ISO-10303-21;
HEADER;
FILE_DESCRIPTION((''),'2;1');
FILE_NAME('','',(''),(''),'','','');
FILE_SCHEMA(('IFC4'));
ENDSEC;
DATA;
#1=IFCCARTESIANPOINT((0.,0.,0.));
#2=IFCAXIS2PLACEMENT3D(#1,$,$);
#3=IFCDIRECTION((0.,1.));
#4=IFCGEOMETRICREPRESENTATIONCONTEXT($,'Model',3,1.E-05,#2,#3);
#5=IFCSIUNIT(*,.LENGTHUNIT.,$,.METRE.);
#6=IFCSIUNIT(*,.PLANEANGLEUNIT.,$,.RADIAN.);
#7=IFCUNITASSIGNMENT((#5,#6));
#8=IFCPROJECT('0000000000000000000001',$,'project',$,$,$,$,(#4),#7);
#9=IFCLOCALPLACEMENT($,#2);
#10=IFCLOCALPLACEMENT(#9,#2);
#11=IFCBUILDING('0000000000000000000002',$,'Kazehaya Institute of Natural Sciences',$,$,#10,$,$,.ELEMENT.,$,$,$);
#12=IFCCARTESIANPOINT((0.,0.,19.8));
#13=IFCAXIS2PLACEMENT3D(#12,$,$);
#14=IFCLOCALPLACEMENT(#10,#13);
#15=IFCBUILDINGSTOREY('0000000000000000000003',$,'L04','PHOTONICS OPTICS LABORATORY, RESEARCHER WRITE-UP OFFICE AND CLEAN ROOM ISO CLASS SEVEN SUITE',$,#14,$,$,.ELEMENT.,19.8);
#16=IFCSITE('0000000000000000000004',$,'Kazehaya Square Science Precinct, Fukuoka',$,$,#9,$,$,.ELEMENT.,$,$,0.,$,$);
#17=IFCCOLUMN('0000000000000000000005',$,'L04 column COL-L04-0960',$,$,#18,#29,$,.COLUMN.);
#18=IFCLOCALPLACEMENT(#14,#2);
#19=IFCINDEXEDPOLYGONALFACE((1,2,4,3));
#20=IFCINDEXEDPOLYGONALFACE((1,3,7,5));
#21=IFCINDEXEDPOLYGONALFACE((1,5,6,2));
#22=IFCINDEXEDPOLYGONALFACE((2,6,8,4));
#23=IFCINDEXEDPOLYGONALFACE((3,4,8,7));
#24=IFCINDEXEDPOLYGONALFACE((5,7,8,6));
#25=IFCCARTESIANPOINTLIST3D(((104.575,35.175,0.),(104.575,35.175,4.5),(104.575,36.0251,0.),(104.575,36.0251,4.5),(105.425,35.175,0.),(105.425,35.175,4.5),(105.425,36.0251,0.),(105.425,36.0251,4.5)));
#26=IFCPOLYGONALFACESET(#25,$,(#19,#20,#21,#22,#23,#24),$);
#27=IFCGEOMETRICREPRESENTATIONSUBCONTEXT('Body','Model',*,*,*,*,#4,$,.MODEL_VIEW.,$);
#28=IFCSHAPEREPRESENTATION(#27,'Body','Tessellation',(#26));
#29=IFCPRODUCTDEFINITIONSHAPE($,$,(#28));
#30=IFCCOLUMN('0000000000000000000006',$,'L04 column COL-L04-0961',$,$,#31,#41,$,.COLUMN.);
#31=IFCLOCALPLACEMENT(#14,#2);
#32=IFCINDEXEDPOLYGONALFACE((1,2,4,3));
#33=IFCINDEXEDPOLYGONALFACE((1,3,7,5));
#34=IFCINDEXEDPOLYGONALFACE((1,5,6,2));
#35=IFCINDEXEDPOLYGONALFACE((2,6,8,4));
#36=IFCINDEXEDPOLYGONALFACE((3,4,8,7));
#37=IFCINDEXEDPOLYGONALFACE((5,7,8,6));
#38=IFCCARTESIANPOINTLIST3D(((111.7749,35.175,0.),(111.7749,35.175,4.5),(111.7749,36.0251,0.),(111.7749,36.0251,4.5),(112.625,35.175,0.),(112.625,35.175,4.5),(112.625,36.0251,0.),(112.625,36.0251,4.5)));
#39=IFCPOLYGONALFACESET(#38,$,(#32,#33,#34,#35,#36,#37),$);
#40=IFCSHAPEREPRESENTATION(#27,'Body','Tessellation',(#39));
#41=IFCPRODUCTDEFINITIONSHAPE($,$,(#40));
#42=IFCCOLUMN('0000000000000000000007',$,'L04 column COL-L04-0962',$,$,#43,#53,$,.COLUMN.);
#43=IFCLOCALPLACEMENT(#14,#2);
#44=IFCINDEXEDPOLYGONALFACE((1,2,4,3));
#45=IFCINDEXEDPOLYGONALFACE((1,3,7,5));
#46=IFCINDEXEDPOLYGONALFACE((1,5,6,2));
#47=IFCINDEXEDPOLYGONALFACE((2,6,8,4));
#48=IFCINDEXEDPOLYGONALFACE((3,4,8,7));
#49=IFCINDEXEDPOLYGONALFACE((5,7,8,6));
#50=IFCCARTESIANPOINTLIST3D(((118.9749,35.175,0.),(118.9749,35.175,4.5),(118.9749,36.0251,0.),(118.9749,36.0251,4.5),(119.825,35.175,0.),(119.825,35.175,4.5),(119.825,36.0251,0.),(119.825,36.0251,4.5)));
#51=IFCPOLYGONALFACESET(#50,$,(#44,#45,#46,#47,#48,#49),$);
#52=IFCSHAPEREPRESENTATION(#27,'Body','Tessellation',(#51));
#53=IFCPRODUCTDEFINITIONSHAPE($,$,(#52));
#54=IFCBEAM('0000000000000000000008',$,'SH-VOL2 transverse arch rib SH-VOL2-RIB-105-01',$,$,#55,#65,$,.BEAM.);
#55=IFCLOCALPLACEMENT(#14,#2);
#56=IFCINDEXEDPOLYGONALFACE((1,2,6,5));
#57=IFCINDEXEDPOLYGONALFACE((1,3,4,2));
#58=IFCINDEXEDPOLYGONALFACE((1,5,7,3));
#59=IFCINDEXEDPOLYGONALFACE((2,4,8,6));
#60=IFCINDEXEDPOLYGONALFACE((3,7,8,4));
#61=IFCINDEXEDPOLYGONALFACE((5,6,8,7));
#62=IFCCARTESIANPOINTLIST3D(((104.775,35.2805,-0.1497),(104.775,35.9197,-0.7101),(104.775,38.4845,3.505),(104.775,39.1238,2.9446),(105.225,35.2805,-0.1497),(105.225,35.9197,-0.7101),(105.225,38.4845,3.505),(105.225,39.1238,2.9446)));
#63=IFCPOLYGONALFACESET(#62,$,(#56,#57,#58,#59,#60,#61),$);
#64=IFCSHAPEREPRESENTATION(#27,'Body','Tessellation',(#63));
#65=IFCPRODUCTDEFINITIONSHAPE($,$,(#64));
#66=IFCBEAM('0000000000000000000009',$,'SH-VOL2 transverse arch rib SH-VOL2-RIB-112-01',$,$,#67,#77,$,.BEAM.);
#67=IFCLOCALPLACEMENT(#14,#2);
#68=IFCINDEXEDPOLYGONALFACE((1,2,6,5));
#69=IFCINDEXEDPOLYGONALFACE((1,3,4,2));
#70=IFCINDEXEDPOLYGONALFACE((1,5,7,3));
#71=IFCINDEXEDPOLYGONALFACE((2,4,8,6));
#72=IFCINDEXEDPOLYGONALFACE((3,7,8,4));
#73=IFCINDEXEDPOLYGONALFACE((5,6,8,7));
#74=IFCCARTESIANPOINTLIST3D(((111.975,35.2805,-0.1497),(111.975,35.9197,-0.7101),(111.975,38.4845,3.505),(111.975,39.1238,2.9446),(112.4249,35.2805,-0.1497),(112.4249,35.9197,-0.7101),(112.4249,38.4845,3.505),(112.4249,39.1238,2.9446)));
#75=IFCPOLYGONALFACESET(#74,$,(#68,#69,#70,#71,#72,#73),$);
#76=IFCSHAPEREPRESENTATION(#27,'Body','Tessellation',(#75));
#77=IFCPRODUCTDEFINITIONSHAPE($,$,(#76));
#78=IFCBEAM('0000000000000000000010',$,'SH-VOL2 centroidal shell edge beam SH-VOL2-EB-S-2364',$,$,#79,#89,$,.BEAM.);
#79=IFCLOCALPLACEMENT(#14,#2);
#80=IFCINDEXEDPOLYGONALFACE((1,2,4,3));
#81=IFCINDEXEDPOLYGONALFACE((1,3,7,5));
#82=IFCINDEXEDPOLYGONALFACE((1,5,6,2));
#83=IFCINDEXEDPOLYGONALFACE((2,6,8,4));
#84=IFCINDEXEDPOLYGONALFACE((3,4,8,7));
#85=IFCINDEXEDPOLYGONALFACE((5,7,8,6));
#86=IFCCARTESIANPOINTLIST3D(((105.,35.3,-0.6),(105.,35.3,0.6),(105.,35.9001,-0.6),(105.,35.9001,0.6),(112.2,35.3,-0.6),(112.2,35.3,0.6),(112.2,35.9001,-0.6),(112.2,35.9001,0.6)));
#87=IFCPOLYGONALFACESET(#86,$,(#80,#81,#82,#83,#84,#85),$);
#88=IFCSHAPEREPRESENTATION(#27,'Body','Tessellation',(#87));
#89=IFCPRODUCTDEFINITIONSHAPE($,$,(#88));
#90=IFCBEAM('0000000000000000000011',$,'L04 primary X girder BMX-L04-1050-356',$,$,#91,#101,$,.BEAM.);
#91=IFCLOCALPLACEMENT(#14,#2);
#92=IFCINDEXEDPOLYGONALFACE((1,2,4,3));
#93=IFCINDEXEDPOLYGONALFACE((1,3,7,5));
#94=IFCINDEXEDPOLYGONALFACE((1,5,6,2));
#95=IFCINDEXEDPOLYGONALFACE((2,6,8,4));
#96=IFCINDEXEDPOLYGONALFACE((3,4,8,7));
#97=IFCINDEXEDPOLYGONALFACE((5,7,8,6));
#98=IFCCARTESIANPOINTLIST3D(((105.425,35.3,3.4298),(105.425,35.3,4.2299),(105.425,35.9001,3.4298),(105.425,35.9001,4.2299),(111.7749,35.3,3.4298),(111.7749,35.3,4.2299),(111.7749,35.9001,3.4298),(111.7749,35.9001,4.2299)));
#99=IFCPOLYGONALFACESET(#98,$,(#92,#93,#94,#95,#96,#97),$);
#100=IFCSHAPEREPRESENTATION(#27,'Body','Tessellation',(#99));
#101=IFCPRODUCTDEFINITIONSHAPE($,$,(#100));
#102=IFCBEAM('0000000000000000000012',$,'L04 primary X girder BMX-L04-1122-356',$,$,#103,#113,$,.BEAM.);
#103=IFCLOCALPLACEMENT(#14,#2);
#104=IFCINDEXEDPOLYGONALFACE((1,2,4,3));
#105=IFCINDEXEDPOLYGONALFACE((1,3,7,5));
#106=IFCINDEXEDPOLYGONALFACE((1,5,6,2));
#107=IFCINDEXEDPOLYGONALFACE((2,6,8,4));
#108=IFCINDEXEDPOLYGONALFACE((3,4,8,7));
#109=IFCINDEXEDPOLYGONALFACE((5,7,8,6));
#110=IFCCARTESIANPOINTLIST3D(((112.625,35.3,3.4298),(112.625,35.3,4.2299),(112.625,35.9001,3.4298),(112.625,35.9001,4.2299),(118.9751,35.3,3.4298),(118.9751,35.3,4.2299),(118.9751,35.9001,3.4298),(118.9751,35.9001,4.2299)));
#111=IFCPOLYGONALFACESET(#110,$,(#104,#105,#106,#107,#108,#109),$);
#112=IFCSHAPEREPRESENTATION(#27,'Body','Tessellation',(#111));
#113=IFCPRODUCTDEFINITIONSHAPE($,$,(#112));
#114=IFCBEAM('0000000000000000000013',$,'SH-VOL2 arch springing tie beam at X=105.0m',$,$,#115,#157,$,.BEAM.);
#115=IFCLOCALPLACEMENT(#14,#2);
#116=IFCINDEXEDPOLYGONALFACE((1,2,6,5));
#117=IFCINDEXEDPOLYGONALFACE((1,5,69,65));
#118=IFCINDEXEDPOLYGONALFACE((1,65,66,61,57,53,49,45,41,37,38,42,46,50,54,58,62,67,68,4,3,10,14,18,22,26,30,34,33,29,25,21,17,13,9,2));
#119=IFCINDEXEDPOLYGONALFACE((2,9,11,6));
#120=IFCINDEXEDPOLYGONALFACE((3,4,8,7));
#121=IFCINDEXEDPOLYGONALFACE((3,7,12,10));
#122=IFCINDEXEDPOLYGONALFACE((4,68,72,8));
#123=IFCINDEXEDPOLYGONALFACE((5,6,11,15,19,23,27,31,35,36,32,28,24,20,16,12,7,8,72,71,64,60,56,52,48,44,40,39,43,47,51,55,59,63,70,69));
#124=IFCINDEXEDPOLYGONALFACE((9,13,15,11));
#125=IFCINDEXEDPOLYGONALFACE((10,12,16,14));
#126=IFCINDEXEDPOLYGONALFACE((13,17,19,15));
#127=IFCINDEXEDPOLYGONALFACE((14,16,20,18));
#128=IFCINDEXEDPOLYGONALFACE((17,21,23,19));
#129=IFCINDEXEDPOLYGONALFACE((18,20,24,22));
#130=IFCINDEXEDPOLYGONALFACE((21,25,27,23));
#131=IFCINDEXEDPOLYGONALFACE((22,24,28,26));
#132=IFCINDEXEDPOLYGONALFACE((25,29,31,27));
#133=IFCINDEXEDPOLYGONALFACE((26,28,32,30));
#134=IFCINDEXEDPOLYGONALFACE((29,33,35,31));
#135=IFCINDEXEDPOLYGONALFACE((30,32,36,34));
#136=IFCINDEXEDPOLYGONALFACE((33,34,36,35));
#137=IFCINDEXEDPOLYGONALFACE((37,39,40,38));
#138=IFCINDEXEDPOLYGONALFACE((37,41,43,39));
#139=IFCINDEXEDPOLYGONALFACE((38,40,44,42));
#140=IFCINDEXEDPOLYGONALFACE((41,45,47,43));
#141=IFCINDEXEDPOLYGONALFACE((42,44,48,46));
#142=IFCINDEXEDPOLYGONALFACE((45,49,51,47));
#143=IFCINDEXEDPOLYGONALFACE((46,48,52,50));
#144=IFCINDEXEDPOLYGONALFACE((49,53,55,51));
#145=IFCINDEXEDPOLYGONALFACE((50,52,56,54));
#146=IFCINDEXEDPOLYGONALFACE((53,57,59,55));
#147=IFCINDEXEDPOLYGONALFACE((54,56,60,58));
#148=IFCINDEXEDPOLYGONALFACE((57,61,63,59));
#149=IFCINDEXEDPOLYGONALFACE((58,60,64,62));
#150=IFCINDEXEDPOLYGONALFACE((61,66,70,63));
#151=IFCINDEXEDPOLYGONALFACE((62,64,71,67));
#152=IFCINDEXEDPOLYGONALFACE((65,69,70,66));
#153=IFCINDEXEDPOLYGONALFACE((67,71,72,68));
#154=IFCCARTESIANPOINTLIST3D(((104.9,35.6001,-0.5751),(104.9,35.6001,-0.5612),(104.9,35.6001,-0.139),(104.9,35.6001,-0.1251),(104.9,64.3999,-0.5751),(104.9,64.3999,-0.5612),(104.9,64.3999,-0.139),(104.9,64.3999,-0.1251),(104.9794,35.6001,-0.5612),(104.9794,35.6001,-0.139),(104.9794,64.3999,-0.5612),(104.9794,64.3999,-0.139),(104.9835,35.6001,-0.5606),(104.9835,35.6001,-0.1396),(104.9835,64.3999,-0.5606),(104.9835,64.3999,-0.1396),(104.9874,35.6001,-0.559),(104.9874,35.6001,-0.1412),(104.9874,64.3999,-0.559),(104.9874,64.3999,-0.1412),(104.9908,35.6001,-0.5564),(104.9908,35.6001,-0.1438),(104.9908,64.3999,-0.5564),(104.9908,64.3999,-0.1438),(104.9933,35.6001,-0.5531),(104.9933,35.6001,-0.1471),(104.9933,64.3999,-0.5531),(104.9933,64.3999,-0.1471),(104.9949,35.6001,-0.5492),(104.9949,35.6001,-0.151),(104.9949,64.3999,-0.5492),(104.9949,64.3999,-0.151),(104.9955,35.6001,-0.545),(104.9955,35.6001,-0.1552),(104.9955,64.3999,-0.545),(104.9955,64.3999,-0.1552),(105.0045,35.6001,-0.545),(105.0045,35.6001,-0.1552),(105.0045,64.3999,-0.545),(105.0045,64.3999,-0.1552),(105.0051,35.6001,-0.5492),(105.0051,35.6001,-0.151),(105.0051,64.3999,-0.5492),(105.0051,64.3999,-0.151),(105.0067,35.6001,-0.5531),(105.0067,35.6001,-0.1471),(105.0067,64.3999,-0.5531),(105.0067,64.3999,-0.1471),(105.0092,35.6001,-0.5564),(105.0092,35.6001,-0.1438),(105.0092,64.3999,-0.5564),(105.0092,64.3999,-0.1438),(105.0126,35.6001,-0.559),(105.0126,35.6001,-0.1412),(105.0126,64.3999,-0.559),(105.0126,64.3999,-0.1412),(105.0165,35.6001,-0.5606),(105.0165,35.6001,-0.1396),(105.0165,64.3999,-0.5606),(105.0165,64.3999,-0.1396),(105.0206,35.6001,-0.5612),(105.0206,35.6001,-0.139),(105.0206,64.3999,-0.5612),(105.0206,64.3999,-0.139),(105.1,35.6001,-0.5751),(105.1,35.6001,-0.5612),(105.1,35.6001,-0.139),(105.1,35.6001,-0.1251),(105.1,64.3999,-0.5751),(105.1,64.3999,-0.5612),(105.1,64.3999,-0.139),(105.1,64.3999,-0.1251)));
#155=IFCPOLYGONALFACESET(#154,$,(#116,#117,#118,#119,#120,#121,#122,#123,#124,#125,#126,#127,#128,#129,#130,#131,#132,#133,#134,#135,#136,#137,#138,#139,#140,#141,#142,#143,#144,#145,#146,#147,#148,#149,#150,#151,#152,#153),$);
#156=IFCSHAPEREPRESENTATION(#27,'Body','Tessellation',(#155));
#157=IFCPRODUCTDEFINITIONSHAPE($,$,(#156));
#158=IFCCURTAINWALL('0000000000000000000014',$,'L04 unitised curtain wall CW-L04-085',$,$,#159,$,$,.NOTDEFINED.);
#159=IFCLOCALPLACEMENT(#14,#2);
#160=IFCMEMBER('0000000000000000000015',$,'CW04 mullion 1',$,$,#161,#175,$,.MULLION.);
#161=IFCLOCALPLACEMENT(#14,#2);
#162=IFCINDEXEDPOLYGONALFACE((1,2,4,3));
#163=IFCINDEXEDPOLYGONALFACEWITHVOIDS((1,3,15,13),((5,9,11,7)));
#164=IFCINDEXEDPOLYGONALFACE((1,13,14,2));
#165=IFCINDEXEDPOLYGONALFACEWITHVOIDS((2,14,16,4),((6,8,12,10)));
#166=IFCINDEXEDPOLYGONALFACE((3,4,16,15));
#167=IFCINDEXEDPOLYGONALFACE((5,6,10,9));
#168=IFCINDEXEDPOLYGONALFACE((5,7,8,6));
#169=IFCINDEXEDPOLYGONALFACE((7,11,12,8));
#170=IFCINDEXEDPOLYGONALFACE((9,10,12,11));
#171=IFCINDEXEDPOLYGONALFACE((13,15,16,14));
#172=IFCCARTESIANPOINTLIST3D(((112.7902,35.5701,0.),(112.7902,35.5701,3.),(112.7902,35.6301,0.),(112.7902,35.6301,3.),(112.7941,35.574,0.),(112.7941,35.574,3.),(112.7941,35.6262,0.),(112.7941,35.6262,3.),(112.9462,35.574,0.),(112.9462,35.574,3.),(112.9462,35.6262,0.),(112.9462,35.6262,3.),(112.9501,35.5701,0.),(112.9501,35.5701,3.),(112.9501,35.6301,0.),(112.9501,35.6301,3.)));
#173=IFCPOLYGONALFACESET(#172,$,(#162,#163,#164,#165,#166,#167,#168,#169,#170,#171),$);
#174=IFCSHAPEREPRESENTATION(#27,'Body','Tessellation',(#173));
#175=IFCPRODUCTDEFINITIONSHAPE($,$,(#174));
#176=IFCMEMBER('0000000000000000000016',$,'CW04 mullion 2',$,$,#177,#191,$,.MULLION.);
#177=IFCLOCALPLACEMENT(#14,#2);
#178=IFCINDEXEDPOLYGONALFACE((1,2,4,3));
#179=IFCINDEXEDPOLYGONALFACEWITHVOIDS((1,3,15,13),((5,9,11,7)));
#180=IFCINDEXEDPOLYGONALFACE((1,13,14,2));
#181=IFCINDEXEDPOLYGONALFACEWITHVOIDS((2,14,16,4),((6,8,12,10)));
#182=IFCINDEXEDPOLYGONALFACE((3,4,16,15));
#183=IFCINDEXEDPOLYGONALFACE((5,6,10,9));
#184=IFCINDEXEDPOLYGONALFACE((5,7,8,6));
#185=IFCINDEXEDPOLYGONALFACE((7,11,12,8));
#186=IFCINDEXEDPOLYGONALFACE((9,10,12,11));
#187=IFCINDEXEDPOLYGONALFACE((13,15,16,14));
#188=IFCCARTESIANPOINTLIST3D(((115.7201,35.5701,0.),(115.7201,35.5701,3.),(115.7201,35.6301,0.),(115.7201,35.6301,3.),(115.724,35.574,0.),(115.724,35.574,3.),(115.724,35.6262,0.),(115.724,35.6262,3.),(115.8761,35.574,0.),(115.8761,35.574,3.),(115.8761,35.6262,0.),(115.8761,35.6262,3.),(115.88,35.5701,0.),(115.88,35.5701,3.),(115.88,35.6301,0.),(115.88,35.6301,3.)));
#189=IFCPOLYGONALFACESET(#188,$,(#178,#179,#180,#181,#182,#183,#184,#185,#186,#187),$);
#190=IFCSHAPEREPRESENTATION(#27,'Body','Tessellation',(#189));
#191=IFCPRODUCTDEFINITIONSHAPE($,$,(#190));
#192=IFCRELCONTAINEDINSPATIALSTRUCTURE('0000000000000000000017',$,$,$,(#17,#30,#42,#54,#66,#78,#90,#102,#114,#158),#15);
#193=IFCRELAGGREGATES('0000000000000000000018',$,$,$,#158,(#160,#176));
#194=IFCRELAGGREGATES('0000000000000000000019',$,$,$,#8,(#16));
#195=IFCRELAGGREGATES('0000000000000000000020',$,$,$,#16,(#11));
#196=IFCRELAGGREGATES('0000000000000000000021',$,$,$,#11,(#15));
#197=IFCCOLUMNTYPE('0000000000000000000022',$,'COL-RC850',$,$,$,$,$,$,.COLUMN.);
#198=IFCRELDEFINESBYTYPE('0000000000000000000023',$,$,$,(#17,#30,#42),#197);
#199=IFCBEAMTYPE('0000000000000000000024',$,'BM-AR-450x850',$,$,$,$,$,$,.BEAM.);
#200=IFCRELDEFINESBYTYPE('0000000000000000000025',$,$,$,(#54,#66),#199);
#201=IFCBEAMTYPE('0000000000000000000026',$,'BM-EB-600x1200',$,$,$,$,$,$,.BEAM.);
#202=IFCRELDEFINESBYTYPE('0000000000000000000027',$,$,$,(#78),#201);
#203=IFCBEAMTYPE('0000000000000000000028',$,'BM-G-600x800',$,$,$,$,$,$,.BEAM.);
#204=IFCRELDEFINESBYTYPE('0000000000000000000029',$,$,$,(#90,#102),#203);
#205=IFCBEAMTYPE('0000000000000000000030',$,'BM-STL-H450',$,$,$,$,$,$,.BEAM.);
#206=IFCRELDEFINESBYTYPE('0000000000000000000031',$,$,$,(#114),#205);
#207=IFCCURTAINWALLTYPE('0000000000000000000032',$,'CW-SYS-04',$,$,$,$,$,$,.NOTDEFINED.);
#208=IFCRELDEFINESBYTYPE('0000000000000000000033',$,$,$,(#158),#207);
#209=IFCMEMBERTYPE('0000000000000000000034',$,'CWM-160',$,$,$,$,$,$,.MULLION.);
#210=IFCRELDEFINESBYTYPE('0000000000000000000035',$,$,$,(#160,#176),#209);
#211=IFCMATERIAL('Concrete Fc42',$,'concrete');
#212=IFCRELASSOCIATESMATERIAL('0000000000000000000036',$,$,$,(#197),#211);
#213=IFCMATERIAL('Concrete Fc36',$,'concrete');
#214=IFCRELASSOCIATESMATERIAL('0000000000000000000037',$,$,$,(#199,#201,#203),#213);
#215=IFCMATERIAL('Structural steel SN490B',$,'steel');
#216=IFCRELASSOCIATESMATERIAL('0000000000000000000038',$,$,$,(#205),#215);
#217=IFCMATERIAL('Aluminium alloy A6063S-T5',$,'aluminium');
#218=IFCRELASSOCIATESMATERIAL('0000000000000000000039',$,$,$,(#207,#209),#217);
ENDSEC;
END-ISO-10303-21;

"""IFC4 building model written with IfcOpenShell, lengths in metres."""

from ifc_helpers import new_model, si_unit, direction, frame, origin, origin_2d, place, context, subcontext, project, spatial, rectangle, hollow_rectangle, i_section, extrude, material, material_profile, profile_set, type_object, element, aggregate, save


model = new_model("IFC4")

# Units and contexts
model_context = context("Model", 3, precision=1e-05, world=origin(), true_north=direction((0.0, 1.0)))
body_context = subcontext(model_context, "Body", "Model", "MODEL_VIEW")
ifc_project = project(units=[si_unit("LENGTHUNIT", "METRE"), si_unit("PLANEANGLEUNIT", "RADIAN")], contexts=[model_context])

# Site, building, storey
site_placement = place(None, origin())
site = spatial("IfcSite", under=ifc_project, at=site_placement, Name="Kazehaya Square Science Precinct, Fukuoka", CompositionType="ELEMENT", RefElevation=0.0)
building_placement = place(site_placement, origin())
building = spatial("IfcBuilding", under=site, at=building_placement, Name="Kazehaya Institute of Natural Sciences", CompositionType="ELEMENT")
storey_placement = place(building_placement, frame((0.0, 0.0, 19.8)))
storey = spatial("IfcBuildingStorey", under=building, at=storey_placement, Name="L04", Description="PHOTONICS OPTICS LABORATORY, RESEARCHER WRITE-UP OFFICE AND CLEAN ROOM ISO CLASS SEVEN SUITE", CompositionType="ELEMENT", Elevation=19.8)

# Columns
ifc_material_1 = material(Name="Concrete Fc42", Category="concrete")
ifc_material_profile_1 = material_profile(ifc_material_1, rectangle(XDim=0.8501, YDim=0.8501, at=origin_2d()), Name="RC-850x850")
ifc_profile_set_1 = profile_set([ifc_material_profile_1], Name="Concrete Fc42")
column_type = type_object("IfcColumnType", Name="COL-RC850", PredefinedType="COLUMN", material=ifc_profile_set_1)
for number, where, z_axis, x_axis, name in (
    (1, (105.0, 35.6001, 0.0), (0.0, 0.0, 1.0), (1.0, 0.0, 0.0), "L04 column COL-L04-0960"),
    (2, (112.2, 35.6001, 0.0), (0.0, 0.0, 1.0), (1.0, 0.0, 0.0), "L04 column COL-L04-0961"),
    (3, (119.3999, 35.6001, 0.0), (0.0, 0.0, 1.0), (1.0, 0.0, 0.0), "L04 column COL-L04-0962"),
):
    element("IfcColumn", number, at=place(storey_placement, frame(where, z_axis=z_axis, x_axis=x_axis)), inside=storey, type_object=column_type, Name=name, PredefinedType="COLUMN", context=body_context, shape_type="SweptSolid", body=[
        extrude(rectangle(XDim=0.8501, YDim=0.8501, at=origin_2d()), origin(), (0.0, 0.0, 1.0), 4.5),
    ])

# Beams
ifc_material_2 = material(Name="Concrete Fc36", Category="concrete")
ifc_material_profile_2 = material_profile(ifc_material_2, rectangle(XDim=0.45, YDim=0.8501, at=origin_2d()), Name="RC-450x850")
ifc_profile_set_2 = profile_set([ifc_material_profile_2], Name="Concrete Fc36")
beam_type_1 = type_object("IfcBeamType", Name="BM-AR-450x850", PredefinedType="BEAM", material=ifc_profile_set_2)
for number, where, z_axis, x_axis, name in (
    (4, (105.0, 35.6001, -0.4299), (0.0, 0.659223, 0.751948), (-1.0, 0.0, 0.0), "SH-VOL2 transverse arch rib SH-VOL2-RIB-105-01"),
    (5, (112.2, 35.6001, -0.4299), (0.0, 0.659223, 0.751948), (-1.0, 0.0, 0.0), "SH-VOL2 transverse arch rib SH-VOL2-RIB-112-01"),
):
    element("IfcBeam", number, at=place(storey_placement, frame(where, z_axis=z_axis, x_axis=x_axis)), inside=storey, type_object=beam_type_1, Name=name, PredefinedType="BEAM", context=body_context, shape_type="SweptSolid", body=[
        extrude(rectangle(XDim=0.45, YDim=0.8501, at=origin_2d()), origin(), (0.0, 0.0, 1.0), 4.8604),
    ])
ifc_material_profile_3 = material_profile(ifc_material_2, rectangle(XDim=0.6001, YDim=1.2, at=origin_2d()), Name="RC-600x1200")
ifc_profile_set_3 = profile_set([ifc_material_profile_3], Name="Concrete Fc36")
beam_type_2 = type_object("IfcBeamType", Name="BM-EB-600x1200", PredefinedType="BEAM", material=ifc_profile_set_3)
beam_1_placement = place(storey_placement, frame((105.0, 35.6001, 0.0), z_axis=(1.0, 0.0, 0.0), x_axis=(0.0, 1.0, 0.0)))
element("IfcBeam", 6, at=beam_1_placement, inside=storey, type_object=beam_type_2, Name="SH-VOL2 centroidal shell edge beam SH-VOL2-EB-S-2364", PredefinedType="BEAM", context=body_context, shape_type="SweptSolid", body=[
    extrude(rectangle(XDim=0.6001, YDim=1.2, at=origin_2d()), origin(), (0.0, 0.0, 1.0), 7.2),
])
ifc_material_profile_4 = material_profile(ifc_material_2, rectangle(XDim=0.6001, YDim=0.8, at=origin_2d()), Name="RC-600x800")
ifc_profile_set_4 = profile_set([ifc_material_profile_4], Name="Concrete Fc36")
beam_type_3 = type_object("IfcBeamType", Name="BM-G-600x800", PredefinedType="BEAM", material=ifc_profile_set_4)
beam_2_placement = place(storey_placement, frame((105.425, 35.6001, 3.8298), z_axis=(1.0, 0.0, 0.0), x_axis=(0.0, 1.0, 0.0)))
element("IfcBeam", 7, at=beam_2_placement, inside=storey, type_object=beam_type_3, Name="L04 primary X girder BMX-L04-1050-356", PredefinedType="BEAM", context=body_context, shape_type="SweptSolid", body=[
    extrude(rectangle(XDim=0.6001, YDim=0.8, at=origin_2d()), origin(), (0.0, 0.0, 1.0), 6.3499),
])
beam_3_placement = place(storey_placement, frame((112.625, 35.6001, 3.8298), z_axis=(1.0, 0.0, 0.0), x_axis=(0.0, 1.0, 0.0)))
element("IfcBeam", 8, at=beam_3_placement, inside=storey, type_object=beam_type_3, Name="L04 primary X girder BMX-L04-1122-356", PredefinedType="BEAM", context=body_context, shape_type="SweptSolid", body=[
    extrude(rectangle(XDim=0.6001, YDim=0.8, at=origin_2d()), origin(), (0.0, 0.0, 1.0), 6.3501),
])
ifc_material_3 = material(Name="Structural steel SN490B", Category="steel")
ifc_material_profile_5 = material_profile(ifc_material_3, i_section(OverallWidth=0.2, OverallDepth=0.45, WebThickness=0.009, FlangeThickness=0.0139, FilletRadius=0.0161, at=origin_2d()), Name="H-450x200x9x14")
ifc_profile_set_5 = profile_set([ifc_material_profile_5], Name="Structural steel SN490B")
beam_type_4 = type_object("IfcBeamType", Name="BM-STL-H450", PredefinedType="BEAM", material=ifc_profile_set_5)
beam_4_placement = place(storey_placement, frame((105.0, 35.6001, -0.3501), z_axis=(0.0, 1.0, 0.0), x_axis=(-1.0, 0.0, 0.0)))
element("IfcBeam", 9, at=beam_4_placement, inside=storey, type_object=beam_type_4, Name="SH-VOL2 arch springing tie beam at X=105.0m", PredefinedType="BEAM", context=body_context, shape_type="SweptSolid", body=[
    extrude(i_section(OverallWidth=0.2, OverallDepth=0.45, WebThickness=0.009, FlangeThickness=0.0139, FilletRadius=0.0161, at=origin_2d()), origin(), (0.0, 0.0, 1.0), 28.7998),
])

# Curtain wall, members
ifc_material_4 = material(Name="Aluminium alloy A6063S-T5", Category="aluminium")
curtain_wall_type_1 = type_object("IfcCurtainWallType", Name="CW-SYS-04", PredefinedType="NOTDEFINED", material=ifc_material_4)
curtain_wall_1_placement = place(storey_placement, origin())
curtain_wall_1 = element("IfcCurtainWall", 10, at=curtain_wall_1_placement, inside=storey, type_object=curtain_wall_type_1, Name="L04 unitised curtain wall CW-L04-085", PredefinedType="NOTDEFINED")
ifc_material_profile_6 = material_profile(ifc_material_4, hollow_rectangle(XDim=0.0601, YDim=0.1599, WallThickness=0.0039, at=origin_2d()), Name="ALU-60x160x4")
ifc_profile_set_6 = profile_set([ifc_material_profile_6], Name="Aluminium alloy A6063S-T5")
member_type_1 = type_object("IfcMemberType", Name="CWM-160", PredefinedType="MULLION", material=ifc_profile_set_6)
member_1_placement = place(storey_placement, frame((112.8701, 35.6001, 0.0), z_axis=(0.0, 0.0, 1.0), x_axis=(0.0, 1.0, 0.0)))
member_1 = element("IfcMember", 11, at=member_1_placement, type_object=member_type_1, Name="CW04 mullion 1", PredefinedType="MULLION", context=body_context, shape_type="SweptSolid", body=[
    extrude(hollow_rectangle(XDim=0.0601, YDim=0.1599, WallThickness=0.0039, at=origin_2d()), origin(), (0.0, 0.0, 1.0), 3.0),
])
member_2_placement = place(storey_placement, frame((115.8, 35.6001, 0.0), z_axis=(0.0, 0.0, 1.0), x_axis=(0.0, 1.0, 0.0)))
member_2 = element("IfcMember", 12, at=member_2_placement, type_object=member_type_1, Name="CW04 mullion 2", PredefinedType="MULLION", context=body_context, shape_type="SweptSolid", body=[
    extrude(hollow_rectangle(XDim=0.0601, YDim=0.1599, WallThickness=0.0039, at=origin_2d()), origin(), (0.0, 0.0, 1.0), 3.0),
])

aggregate(curtain_wall_1, [member_1, member_2])

save(model, "model.ifc")
